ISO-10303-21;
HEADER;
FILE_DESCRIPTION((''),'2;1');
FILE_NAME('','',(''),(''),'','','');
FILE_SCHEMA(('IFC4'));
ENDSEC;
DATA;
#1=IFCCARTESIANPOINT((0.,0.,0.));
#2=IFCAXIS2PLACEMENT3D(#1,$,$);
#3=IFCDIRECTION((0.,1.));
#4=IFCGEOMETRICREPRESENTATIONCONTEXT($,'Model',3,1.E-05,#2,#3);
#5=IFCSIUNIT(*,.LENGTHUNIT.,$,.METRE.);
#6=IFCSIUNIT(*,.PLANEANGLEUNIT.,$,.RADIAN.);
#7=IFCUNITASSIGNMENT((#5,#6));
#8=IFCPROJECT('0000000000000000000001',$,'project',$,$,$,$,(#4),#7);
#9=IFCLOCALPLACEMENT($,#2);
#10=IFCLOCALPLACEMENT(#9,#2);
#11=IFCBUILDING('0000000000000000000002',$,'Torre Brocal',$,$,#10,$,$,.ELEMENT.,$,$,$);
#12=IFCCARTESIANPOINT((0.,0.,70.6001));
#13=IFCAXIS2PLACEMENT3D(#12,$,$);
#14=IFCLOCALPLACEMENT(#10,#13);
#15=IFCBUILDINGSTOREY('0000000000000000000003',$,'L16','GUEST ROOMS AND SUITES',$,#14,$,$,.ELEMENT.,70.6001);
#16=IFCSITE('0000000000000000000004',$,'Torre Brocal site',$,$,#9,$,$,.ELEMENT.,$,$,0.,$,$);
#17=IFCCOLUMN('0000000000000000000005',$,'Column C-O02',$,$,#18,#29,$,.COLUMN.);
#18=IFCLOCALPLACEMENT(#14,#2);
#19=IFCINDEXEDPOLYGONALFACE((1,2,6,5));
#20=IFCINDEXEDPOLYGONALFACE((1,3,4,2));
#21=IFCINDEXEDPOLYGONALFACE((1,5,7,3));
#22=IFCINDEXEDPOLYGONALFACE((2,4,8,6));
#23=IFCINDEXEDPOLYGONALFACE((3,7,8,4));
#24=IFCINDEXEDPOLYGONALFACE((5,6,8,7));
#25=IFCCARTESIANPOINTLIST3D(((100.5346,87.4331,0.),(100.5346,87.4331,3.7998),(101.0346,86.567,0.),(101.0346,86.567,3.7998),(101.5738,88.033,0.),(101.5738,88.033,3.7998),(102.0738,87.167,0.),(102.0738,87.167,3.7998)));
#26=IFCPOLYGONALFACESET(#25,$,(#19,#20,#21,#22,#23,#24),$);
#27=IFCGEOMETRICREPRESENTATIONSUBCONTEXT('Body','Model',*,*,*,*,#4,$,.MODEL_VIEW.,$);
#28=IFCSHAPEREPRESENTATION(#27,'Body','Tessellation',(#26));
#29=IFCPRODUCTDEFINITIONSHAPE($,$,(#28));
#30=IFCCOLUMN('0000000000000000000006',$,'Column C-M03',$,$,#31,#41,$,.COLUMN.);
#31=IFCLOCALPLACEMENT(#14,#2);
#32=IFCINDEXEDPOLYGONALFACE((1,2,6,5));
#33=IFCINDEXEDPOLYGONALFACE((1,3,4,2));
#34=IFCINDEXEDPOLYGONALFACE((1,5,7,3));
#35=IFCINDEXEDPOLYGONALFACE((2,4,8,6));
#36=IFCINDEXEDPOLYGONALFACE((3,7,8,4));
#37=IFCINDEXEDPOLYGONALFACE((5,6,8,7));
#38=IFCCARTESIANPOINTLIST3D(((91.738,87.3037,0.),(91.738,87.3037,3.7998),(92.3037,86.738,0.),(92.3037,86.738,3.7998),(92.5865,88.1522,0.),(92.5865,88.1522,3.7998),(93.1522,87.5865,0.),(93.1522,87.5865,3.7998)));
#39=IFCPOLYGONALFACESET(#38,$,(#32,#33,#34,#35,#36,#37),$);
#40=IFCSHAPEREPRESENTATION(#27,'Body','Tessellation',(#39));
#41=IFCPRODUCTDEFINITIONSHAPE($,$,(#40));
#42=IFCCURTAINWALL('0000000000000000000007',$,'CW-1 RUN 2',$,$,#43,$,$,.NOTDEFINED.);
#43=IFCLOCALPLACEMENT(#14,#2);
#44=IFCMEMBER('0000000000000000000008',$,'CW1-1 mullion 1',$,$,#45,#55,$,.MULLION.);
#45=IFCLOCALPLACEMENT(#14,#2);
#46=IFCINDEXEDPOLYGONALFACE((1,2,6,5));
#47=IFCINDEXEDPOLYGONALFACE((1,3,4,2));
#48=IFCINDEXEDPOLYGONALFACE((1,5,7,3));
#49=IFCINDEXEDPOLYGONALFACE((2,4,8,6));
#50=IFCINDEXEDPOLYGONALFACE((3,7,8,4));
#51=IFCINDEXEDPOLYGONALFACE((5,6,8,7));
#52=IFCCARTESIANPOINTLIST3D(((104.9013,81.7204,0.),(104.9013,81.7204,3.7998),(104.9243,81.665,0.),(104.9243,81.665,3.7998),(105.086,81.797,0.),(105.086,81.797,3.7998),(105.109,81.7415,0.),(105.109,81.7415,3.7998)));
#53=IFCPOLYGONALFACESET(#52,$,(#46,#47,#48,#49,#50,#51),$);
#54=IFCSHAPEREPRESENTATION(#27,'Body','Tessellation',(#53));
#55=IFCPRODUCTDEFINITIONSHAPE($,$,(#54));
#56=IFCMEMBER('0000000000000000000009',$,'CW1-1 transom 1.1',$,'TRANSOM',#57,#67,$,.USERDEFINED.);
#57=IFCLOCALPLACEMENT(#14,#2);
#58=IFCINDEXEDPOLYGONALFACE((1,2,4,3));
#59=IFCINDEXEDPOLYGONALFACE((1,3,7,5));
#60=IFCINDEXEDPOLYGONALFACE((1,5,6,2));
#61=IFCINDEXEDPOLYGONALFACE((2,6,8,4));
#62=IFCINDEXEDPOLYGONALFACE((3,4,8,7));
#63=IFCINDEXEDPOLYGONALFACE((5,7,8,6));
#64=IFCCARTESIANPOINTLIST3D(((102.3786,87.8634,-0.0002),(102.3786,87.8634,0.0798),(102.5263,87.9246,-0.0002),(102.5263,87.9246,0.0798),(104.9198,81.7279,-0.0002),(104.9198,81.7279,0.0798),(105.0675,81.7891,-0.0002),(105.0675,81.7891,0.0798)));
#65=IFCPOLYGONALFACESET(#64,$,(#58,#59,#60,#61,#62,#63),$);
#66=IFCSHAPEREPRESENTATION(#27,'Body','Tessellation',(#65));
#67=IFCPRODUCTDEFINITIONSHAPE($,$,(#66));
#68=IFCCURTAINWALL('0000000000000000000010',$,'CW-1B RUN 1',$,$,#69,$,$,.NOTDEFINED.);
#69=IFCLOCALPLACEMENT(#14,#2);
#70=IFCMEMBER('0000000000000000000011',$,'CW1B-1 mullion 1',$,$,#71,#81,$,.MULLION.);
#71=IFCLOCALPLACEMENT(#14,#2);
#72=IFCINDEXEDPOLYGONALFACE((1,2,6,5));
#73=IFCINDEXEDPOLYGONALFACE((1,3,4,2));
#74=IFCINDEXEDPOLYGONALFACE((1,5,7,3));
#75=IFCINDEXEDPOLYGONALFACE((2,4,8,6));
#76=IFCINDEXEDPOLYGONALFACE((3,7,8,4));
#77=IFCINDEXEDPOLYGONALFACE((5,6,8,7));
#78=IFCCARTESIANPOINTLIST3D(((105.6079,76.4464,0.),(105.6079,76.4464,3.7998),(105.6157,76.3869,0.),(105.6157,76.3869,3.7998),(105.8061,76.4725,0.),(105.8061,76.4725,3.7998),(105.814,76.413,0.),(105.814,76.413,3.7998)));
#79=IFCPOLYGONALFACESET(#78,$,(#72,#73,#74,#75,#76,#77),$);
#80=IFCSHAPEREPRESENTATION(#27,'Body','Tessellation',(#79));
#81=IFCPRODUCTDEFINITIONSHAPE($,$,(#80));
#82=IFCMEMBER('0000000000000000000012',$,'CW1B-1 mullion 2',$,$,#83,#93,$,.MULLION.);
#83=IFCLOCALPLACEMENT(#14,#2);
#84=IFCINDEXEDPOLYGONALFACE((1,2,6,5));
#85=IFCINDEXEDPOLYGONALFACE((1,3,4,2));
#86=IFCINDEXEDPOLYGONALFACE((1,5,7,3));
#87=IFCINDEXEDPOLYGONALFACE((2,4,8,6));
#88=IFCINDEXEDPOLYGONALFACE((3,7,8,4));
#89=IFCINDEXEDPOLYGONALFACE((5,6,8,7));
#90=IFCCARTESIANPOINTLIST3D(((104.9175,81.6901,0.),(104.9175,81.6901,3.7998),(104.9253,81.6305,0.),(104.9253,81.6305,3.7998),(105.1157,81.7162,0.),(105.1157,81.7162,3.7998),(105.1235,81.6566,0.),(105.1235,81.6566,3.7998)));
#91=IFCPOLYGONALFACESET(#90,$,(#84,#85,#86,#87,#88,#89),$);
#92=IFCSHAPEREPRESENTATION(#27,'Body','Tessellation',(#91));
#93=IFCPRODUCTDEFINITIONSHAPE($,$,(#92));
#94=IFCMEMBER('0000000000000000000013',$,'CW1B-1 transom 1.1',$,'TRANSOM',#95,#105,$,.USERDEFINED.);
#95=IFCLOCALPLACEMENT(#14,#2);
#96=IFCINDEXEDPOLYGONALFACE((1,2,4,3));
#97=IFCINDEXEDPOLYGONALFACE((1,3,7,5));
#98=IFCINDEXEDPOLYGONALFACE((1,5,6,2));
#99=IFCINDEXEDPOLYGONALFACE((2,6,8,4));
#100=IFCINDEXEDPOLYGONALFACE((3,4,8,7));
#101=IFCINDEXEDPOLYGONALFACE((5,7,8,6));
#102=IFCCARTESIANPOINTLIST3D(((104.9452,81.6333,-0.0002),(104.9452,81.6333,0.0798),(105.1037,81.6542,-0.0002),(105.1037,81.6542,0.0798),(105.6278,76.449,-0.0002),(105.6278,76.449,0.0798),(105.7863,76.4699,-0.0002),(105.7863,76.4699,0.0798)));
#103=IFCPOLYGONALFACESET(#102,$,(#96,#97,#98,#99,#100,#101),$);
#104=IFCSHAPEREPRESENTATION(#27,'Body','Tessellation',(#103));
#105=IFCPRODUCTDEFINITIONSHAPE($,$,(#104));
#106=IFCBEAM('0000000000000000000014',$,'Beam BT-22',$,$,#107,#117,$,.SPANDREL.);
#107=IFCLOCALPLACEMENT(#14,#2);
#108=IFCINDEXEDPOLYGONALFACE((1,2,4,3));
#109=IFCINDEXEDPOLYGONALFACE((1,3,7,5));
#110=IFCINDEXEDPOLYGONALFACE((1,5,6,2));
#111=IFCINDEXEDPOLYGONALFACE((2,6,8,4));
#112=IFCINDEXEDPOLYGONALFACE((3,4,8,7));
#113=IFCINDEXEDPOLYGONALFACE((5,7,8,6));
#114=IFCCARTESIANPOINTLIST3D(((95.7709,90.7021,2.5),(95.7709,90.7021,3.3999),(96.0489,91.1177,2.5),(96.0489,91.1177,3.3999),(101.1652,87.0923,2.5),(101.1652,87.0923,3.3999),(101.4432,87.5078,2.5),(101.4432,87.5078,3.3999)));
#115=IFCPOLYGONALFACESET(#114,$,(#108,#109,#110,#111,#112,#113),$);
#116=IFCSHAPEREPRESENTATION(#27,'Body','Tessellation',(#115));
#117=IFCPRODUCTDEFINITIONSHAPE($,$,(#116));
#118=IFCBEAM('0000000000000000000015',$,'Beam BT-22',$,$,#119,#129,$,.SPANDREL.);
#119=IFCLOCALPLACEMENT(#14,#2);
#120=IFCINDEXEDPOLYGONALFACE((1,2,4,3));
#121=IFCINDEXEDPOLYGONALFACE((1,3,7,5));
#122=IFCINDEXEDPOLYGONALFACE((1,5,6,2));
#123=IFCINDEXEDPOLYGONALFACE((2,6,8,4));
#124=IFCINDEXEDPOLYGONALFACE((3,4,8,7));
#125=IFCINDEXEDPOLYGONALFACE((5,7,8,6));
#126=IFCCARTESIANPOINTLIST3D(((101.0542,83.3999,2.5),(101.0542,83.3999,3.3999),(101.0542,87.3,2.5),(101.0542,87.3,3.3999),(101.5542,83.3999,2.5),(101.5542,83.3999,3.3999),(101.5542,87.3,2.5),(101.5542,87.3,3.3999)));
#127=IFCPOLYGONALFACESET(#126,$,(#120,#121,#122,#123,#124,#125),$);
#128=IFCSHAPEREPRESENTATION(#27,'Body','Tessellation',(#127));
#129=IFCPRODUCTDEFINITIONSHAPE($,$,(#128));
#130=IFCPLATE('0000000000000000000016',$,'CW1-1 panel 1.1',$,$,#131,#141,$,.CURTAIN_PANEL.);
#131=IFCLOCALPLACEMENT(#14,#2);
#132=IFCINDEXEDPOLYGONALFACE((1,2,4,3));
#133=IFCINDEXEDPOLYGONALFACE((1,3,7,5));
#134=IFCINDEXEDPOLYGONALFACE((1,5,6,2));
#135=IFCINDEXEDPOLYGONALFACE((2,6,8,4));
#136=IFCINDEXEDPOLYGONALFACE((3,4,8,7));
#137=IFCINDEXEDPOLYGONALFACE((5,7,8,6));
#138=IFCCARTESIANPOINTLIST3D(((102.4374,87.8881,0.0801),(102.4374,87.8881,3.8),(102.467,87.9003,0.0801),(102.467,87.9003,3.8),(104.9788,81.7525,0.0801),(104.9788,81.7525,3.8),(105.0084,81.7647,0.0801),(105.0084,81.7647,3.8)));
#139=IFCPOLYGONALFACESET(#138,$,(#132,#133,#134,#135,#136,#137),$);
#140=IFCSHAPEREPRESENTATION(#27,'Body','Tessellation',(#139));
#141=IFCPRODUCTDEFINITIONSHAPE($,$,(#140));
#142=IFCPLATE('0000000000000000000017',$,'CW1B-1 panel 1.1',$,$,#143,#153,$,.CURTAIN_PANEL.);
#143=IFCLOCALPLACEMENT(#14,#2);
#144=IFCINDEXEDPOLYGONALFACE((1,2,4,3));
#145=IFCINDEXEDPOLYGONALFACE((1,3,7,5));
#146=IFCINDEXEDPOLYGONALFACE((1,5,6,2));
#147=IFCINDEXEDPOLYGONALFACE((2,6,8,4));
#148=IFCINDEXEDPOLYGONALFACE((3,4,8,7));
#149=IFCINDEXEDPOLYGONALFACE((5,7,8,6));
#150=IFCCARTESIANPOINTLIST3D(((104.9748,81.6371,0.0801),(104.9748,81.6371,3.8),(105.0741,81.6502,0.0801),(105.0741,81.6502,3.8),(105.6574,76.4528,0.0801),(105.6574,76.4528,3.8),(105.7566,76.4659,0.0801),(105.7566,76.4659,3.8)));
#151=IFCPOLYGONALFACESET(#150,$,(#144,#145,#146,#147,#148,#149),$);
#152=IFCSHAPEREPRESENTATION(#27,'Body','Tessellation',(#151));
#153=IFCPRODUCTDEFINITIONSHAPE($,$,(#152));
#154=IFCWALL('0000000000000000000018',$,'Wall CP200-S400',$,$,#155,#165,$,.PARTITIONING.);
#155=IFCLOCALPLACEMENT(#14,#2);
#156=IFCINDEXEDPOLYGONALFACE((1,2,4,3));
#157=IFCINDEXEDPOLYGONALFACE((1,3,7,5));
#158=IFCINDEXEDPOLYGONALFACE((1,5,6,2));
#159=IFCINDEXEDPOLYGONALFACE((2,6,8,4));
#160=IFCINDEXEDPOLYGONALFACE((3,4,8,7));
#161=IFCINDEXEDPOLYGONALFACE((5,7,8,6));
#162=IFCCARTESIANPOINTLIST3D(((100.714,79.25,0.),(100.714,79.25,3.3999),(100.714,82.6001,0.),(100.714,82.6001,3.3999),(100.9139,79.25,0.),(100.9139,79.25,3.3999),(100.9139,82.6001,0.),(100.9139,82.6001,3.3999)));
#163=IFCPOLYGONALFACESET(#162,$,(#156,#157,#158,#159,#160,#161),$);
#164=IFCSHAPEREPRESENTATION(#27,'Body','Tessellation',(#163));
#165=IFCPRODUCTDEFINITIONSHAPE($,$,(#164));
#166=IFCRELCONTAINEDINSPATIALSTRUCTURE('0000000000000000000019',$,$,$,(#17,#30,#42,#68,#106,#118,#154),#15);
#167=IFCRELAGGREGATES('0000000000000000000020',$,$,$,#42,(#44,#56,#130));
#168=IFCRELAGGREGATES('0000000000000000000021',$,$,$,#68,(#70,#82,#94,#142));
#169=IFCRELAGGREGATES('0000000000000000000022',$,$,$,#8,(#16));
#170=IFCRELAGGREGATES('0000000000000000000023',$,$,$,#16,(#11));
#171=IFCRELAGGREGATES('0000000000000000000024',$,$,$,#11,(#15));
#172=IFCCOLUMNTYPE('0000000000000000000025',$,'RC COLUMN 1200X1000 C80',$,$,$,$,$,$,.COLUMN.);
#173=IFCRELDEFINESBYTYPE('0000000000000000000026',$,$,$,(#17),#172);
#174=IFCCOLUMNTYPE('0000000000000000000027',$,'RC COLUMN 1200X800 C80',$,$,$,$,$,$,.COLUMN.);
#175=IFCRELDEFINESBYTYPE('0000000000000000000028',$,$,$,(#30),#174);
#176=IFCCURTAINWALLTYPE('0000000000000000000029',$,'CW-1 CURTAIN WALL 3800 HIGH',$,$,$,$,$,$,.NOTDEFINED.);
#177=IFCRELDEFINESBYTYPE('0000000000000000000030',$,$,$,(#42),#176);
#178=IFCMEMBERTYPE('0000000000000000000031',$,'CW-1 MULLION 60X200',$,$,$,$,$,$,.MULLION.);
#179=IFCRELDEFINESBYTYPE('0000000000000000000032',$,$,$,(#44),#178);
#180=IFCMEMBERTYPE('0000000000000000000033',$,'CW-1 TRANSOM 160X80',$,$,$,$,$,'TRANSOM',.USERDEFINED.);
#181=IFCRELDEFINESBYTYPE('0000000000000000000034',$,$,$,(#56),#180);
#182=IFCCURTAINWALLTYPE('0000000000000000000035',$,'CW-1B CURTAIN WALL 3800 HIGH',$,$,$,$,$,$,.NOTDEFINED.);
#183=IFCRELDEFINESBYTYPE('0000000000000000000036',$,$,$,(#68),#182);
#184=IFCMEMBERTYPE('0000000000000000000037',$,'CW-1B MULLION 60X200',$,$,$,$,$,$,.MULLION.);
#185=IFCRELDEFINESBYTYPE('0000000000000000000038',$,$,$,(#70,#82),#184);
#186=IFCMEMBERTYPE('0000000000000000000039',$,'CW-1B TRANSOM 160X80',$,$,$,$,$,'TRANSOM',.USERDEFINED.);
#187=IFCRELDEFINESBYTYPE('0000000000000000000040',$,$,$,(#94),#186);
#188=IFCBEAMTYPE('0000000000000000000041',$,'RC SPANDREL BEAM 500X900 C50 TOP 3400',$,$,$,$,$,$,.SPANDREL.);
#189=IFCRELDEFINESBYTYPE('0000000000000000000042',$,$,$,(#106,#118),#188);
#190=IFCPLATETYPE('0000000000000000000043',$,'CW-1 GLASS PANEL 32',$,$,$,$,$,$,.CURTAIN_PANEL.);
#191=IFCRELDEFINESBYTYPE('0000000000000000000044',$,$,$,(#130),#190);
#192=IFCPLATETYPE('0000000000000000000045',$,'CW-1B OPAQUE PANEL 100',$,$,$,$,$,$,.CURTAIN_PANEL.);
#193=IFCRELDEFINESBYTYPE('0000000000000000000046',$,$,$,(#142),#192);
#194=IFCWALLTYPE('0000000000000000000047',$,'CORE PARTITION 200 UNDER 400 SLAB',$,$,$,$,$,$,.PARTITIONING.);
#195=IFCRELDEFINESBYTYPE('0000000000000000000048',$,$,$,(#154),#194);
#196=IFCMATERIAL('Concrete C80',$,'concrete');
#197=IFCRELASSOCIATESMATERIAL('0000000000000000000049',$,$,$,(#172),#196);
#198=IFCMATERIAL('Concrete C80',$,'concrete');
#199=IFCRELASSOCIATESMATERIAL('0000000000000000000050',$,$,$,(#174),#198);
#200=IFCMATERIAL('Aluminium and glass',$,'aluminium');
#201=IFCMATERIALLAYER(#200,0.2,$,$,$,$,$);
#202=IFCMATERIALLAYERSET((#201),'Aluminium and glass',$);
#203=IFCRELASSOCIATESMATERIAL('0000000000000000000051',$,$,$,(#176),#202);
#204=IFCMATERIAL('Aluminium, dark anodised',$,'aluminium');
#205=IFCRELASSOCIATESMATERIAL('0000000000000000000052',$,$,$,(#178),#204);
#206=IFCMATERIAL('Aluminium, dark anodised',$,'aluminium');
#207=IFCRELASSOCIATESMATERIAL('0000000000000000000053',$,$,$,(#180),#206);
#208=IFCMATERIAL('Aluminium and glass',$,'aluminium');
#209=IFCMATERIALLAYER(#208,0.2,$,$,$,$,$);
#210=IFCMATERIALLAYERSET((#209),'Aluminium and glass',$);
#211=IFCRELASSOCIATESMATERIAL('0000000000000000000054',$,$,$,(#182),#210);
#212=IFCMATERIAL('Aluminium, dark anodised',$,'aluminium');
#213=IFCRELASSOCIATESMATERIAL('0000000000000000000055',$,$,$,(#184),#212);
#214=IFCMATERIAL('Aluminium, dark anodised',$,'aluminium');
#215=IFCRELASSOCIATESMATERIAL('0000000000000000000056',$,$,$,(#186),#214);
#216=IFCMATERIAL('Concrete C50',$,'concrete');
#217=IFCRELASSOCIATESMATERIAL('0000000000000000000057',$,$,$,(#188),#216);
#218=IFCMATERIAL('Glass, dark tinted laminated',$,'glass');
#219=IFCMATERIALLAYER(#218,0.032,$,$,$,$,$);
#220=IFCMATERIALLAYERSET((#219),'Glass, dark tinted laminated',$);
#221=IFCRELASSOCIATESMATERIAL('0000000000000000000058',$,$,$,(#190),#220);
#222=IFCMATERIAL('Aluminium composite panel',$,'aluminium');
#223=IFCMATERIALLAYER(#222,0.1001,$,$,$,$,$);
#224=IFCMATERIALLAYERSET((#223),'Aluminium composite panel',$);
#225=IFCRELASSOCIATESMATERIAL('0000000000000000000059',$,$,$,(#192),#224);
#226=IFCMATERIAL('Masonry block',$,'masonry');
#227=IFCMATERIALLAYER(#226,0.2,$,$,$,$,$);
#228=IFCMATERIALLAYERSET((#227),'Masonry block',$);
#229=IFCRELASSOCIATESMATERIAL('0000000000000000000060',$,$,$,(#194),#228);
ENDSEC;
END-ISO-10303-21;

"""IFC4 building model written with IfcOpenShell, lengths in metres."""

from ifc_helpers import new_model, si_unit, direction, frame, frame_2d, origin, origin_2d, place, context, subcontext, project, spatial, rectangle, extrude, material, layer, layer_set, material_profile, profile_set, type_object, element, aggregate, save


model = new_model("IFC4")

# Units and contexts
model_context = context("Model", 3, precision=1e-05, world=origin(), true_north=direction((0.0, 1.0)))
body_context = subcontext(model_context, "Body", "Model", "MODEL_VIEW")
ifc_project = project(units=[si_unit("LENGTHUNIT", "METRE"), si_unit("PLANEANGLEUNIT", "RADIAN")], contexts=[model_context])

# Site, building, storey
site_placement = place(None, origin())
site = spatial("IfcSite", under=ifc_project, at=site_placement, Name="Torre Brocal site", CompositionType="ELEMENT", RefElevation=0.0)
building_placement = place(site_placement, origin())
building = spatial("IfcBuilding", under=site, at=building_placement, Name="Torre Brocal", CompositionType="ELEMENT")
storey_placement = place(building_placement, frame((0.0, 0.0, 70.6001)))
storey = spatial("IfcBuildingStorey", under=building, at=storey_placement, Name="L16", Description="GUEST ROOMS AND SUITES", CompositionType="ELEMENT", Elevation=70.6001)

# Columns
ifc_material_1 = material(Name="Concrete C80", Category="concrete")
ifc_material_profile_1 = material_profile(ifc_material_1, rectangle(XDim=1.2, YDim=1.0, at=origin_2d()), Name="RC 1200X1000")
ifc_profile_set_1 = profile_set([ifc_material_profile_1], Name="Concrete C80")
column_type_1 = type_object("IfcColumnType", Name="RC COLUMN 1200X1000 C80", PredefinedType="COLUMN", material=ifc_profile_set_1)
column_1_placement = place(storey_placement, frame((101.3042, 87.3, 0.0), z_axis=(0.0, 0.0, 1.0), x_axis=(0.866025, 0.5, 0.0)))
element("IfcColumn", 1, at=column_1_placement, inside=storey, type_object=column_type_1, Name="Column C-O02", PredefinedType="COLUMN", context=body_context, shape_type="SweptSolid", body=[
    extrude(rectangle(XDim=1.2, YDim=1.0, at=origin_2d()), origin(), (0.0, 0.0, 1.0), 3.7998),
])
ifc_material_2 = material(Name="Concrete C80", Category="concrete")
ifc_material_profile_2 = material_profile(ifc_material_2, rectangle(XDim=1.2, YDim=0.8, at=origin_2d()), Name="RC 1200X800")
ifc_profile_set_2 = profile_set([ifc_material_profile_2], Name="Concrete C80")
column_type_2 = type_object("IfcColumnType", Name="RC COLUMN 1200X800 C80", PredefinedType="COLUMN", material=ifc_profile_set_2)
column_2_placement = place(storey_placement, frame((92.4451, 87.4451, 0.0), z_axis=(0.0, 0.0, 1.0), x_axis=(0.707107, 0.707107, 0.0)))
element("IfcColumn", 2, at=column_2_placement, inside=storey, type_object=column_type_2, Name="Column C-M03", PredefinedType="COLUMN", context=body_context, shape_type="SweptSolid", body=[
    extrude(rectangle(XDim=1.2, YDim=0.8, at=origin_2d()), origin(), (0.0, 0.0, 1.0), 3.7998),
])

# Curtain walls, members
ifc_material_3 = material(Name="Aluminium and glass", Category="aluminium")
ifc_layer_1 = layer(ifc_material_3, 0.2)
ifc_layer_set_1 = layer_set([ifc_layer_1], Name="Aluminium and glass")
curtain_wall_type_1 = type_object("IfcCurtainWallType", Name="CW-1 CURTAIN WALL 3800 HIGH", PredefinedType="NOTDEFINED", material=ifc_layer_set_1)
curtain_wall_1_placement = place(storey_placement, origin())
curtain_wall_1 = element("IfcCurtainWall", 3, at=curtain_wall_1_placement, inside=storey, type_object=curtain_wall_type_1, Name="CW-1 RUN 2", PredefinedType="NOTDEFINED")
ifc_material_4 = material(Name="Aluminium, dark anodised", Category="aluminium")
ifc_material_profile_3 = material_profile(ifc_material_4, rectangle(XDim=0.2, YDim=0.0601, at=origin_2d()), Name="CW-1 MULLION 60X200")
ifc_profile_set_3 = profile_set([ifc_material_profile_3], Name="Aluminium, dark anodised")
member_type_1 = type_object("IfcMemberType", Name="CW-1 MULLION 60X200", PredefinedType="MULLION", material=ifc_profile_set_3)
member_1_placement = place(storey_placement, frame((105.0051, 81.731, 0.0), z_axis=(0.0, 0.0, 1.0), x_axis=(-0.92388, -0.382683, 0.0)))
member_1 = element("IfcMember", 4, at=member_1_placement, type_object=member_type_1, Name="CW1-1 mullion 1", PredefinedType="MULLION", context=body_context, shape_type="SweptSolid", body=[
    extrude(rectangle(XDim=0.2, YDim=0.0601, at=origin_2d()), origin(), (0.0, 0.0, 1.0), 3.7998),
])
ifc_material_5 = material(Name="Aluminium, dark anodised", Category="aluminium")
ifc_material_profile_4 = material_profile(ifc_material_5, rectangle(XDim=0.1599, YDim=0.0801, at=origin_2d()), Name="CW-1 TRANSOM 160X80")
ifc_profile_set_4 = profile_set([ifc_material_profile_4], Name="Aluminium, dark anodised")
member_type_2 = type_object("IfcMemberType", Name="CW-1 TRANSOM 160X80", ElementType="TRANSOM", PredefinedType="USERDEFINED", material=ifc_profile_set_4)
member_2_placement = place(storey_placement, frame((104.9937, 81.7585, 0.0398), z_axis=(-0.382665, 0.923887, 0.0), x_axis=(-0.923887, -0.382665, 0.0)))
member_2 = element("IfcMember", 5, at=member_2_placement, type_object=member_type_2, Name="CW1-1 transom 1.1", ObjectType="TRANSOM", PredefinedType="USERDEFINED", context=body_context, shape_type="SweptSolid", body=[
    extrude(rectangle(XDim=0.1599, YDim=0.0801, at=origin_2d()), origin(), (0.0, 0.0, 1.0), 6.6409),
])
ifc_material_6 = material(Name="Aluminium and glass", Category="aluminium")
ifc_layer_2 = layer(ifc_material_6, 0.2)
ifc_layer_set_2 = layer_set([ifc_layer_2], Name="Aluminium and glass")
curtain_wall_type_2 = type_object("IfcCurtainWallType", Name="CW-1B CURTAIN WALL 3800 HIGH", PredefinedType="NOTDEFINED", material=ifc_layer_set_2)
curtain_wall_2_placement = place(storey_placement, origin())
curtain_wall_2 = element("IfcCurtainWall", 6, at=curtain_wall_2_placement, inside=storey, type_object=curtain_wall_type_2, Name="CW-1B RUN 1", PredefinedType="NOTDEFINED")
ifc_material_7 = material(Name="Aluminium, dark anodised", Category="aluminium")
ifc_material_profile_5 = material_profile(ifc_material_7, rectangle(XDim=0.2, YDim=0.0601, at=origin_2d()), Name="CW-1B MULLION 60X200")
ifc_profile_set_5 = profile_set([ifc_material_profile_5], Name="Aluminium, dark anodised")
member_type_3 = type_object("IfcMemberType", Name="CW-1B MULLION 60X200", PredefinedType="MULLION", material=ifc_profile_set_5)
member_3_placement = place(storey_placement, frame((105.7109, 76.4297, 0.0), z_axis=(0.0, 0.0, 1.0), x_axis=(-0.991445, -0.130526, 0.0)))
member_3 = element("IfcMember", 7, at=member_3_placement, type_object=member_type_3, Name="CW1B-1 mullion 1", PredefinedType="MULLION", context=body_context, shape_type="SweptSolid", body=[
    extrude(rectangle(XDim=0.2, YDim=0.0601, at=origin_2d()), origin(), (0.0, 0.0, 1.0), 3.7998),
])
member_4_placement = place(storey_placement, frame((105.0205, 81.6733, 0.0), z_axis=(0.0, 0.0, 1.0), x_axis=(-0.991445, -0.130526, 0.0)))
member_4 = element("IfcMember", 8, at=member_4_placement, type_object=member_type_3, Name="CW1B-1 mullion 2", PredefinedType="MULLION", context=body_context, shape_type="SweptSolid", body=[
    extrude(rectangle(XDim=0.2, YDim=0.0601, at=origin_2d()), origin(), (0.0, 0.0, 1.0), 3.7998),
])
ifc_material_8 = material(Name="Aluminium, dark anodised", Category="aluminium")
ifc_material_profile_6 = material_profile(ifc_material_8, rectangle(XDim=0.1599, YDim=0.0801, at=origin_2d()), Name="CW-1B TRANSOM 160X80")
ifc_profile_set_6 = profile_set([ifc_material_profile_6], Name="Aluminium, dark anodised")
member_type_4 = type_object("IfcMemberType", Name="CW-1B TRANSOM 160X80", ElementType="TRANSOM", PredefinedType="USERDEFINED", material=ifc_profile_set_6)
member_5_placement = place(storey_placement, frame((105.707, 76.4595, 0.0398), z_axis=(-0.130543, 0.991443, 0.0), x_axis=(-0.991443, -0.130543, 0.0)))
member_5 = element("IfcMember", 9, at=member_5_placement, type_object=member_type_4, Name="CW1B-1 transom 1.1", ObjectType="TRANSOM", PredefinedType="USERDEFINED", context=body_context, shape_type="SweptSolid", body=[
    extrude(rectangle(XDim=0.1599, YDim=0.0801, at=origin_2d()), origin(), (0.0, 0.0, 1.0), 5.229),
])

# Beams
ifc_material_9 = material(Name="Concrete C50", Category="concrete")
ifc_material_profile_7 = material_profile(ifc_material_9, rectangle(XDim=0.5, YDim=0.8999, at=origin_2d()), Name="RC 500X900")
ifc_profile_set_7 = profile_set([ifc_material_profile_7], Name="Concrete C50")
beam_type = type_object("IfcBeamType", Name="RC SPANDREL BEAM 500X900 C50 TOP 3400", PredefinedType="SPANDREL", material=ifc_profile_set_7)
beam_1_placement = place(storey_placement, frame((101.3042, 87.3, 2.95), z_axis=(-0.831077, 0.556158, 0.0), x_axis=(-0.556158, -0.831077, 0.0)))
element("IfcBeam", 10, at=beam_1_placement, inside=storey, type_object=beam_type, Name="Beam BT-22", PredefinedType="SPANDREL", context=body_context, shape_type="SweptSolid", body=[
    extrude(rectangle(XDim=0.5, YDim=0.8999, at=origin_2d()), origin(), (0.0, 0.0, 1.0), 6.4907),
])
beam_2_placement = place(storey_placement, frame((101.3042, 87.3, 2.95), z_axis=(0.0, -1.0, 0.0), x_axis=(1.0, 0.0, 0.0)))
element("IfcBeam", 11, at=beam_2_placement, inside=storey, type_object=beam_type, Name="Beam BT-22", PredefinedType="SPANDREL", context=body_context, shape_type="SweptSolid", body=[
    extrude(rectangle(XDim=0.5, YDim=0.8999, at=origin_2d()), origin(), (0.0, 0.0, 1.0), 3.9001),
])

# Plates
ifc_material_10 = material(Name="Glass, dark tinted laminated", Category="glass")
ifc_layer_3 = layer(ifc_material_10, 0.032)
ifc_layer_set_3 = layer_set([ifc_layer_3], Name="Glass, dark tinted laminated")
plate_type_1 = type_object("IfcPlateType", Name="CW-1 GLASS PANEL 32", PredefinedType="CURTAIN_PANEL", material=ifc_layer_set_3)
plate_1_placement = place(storey_placement, frame((103.7229, 84.8264, 0.0801), z_axis=(0.0, 0.0, 1.0), x_axis=(-0.382683, 0.92388, 0.0)))
plate_1 = element("IfcPlate", 12, at=plate_1_placement, type_object=plate_type_1, Name="CW1-1 panel 1.1", PredefinedType="CURTAIN_PANEL", context=body_context, shape_type="SweptSolid", body=[
    extrude(rectangle(XDim=6.6411, YDim=0.032, at=origin_2d()), origin(), (0.0, 0.0, 1.0), 3.72),
])
aggregate(curtain_wall_1, [member_1, member_2, plate_1])
ifc_material_11 = material(Name="Aluminium composite panel", Category="aluminium")
ifc_layer_4 = layer(ifc_material_11, 0.1001)
ifc_layer_set_4 = layer_set([ifc_layer_4], Name="Aluminium composite panel")
plate_type_2 = type_object("IfcPlateType", Name="CW-1B OPAQUE PANEL 100", PredefinedType="CURTAIN_PANEL", material=ifc_layer_set_4)
plate_2_placement = place(storey_placement, frame((105.3657, 79.0515, 0.0801), z_axis=(0.0, 0.0, 1.0), x_axis=(-0.130526, 0.991445, 0.0)))
plate_2 = element("IfcPlate", 13, at=plate_2_placement, type_object=plate_type_2, Name="CW1B-1 panel 1.1", PredefinedType="CURTAIN_PANEL", context=body_context, shape_type="SweptSolid", body=[
    extrude(rectangle(XDim=5.229, YDim=0.1001, at=origin_2d()), origin(), (0.0, 0.0, 1.0), 3.72),
])
aggregate(curtain_wall_2, [member_3, member_4, member_5, plate_2])

# Wall
ifc_material_12 = material(Name="Masonry block", Category="masonry")
ifc_layer_5 = layer(ifc_material_12, 0.2)
ifc_layer_set_5 = layer_set([ifc_layer_5], Name="Masonry block")
wall_type_1 = type_object("IfcWallType", Name="CORE PARTITION 200 UNDER 400 SLAB", PredefinedType="PARTITIONING", material=ifc_layer_set_5)
wall_1_placement = place(storey_placement, frame((100.814, 79.25, 0.0), z_axis=(0.0, 0.0, 1.0), x_axis=(0.0, 1.0, 0.0)))
element("IfcWall", 14, at=wall_1_placement, inside=storey, type_object=wall_type_1, Name="Wall CP200-S400", PredefinedType="PARTITIONING", context=body_context, shape_type="SweptSolid", body=[
    extrude(rectangle(XDim=3.3501, YDim=0.2, at=frame_2d((1.675, 0.0))), origin(), (0.0, 0.0, 1.0), 3.3999),
])

save(model, "model.ifc")
